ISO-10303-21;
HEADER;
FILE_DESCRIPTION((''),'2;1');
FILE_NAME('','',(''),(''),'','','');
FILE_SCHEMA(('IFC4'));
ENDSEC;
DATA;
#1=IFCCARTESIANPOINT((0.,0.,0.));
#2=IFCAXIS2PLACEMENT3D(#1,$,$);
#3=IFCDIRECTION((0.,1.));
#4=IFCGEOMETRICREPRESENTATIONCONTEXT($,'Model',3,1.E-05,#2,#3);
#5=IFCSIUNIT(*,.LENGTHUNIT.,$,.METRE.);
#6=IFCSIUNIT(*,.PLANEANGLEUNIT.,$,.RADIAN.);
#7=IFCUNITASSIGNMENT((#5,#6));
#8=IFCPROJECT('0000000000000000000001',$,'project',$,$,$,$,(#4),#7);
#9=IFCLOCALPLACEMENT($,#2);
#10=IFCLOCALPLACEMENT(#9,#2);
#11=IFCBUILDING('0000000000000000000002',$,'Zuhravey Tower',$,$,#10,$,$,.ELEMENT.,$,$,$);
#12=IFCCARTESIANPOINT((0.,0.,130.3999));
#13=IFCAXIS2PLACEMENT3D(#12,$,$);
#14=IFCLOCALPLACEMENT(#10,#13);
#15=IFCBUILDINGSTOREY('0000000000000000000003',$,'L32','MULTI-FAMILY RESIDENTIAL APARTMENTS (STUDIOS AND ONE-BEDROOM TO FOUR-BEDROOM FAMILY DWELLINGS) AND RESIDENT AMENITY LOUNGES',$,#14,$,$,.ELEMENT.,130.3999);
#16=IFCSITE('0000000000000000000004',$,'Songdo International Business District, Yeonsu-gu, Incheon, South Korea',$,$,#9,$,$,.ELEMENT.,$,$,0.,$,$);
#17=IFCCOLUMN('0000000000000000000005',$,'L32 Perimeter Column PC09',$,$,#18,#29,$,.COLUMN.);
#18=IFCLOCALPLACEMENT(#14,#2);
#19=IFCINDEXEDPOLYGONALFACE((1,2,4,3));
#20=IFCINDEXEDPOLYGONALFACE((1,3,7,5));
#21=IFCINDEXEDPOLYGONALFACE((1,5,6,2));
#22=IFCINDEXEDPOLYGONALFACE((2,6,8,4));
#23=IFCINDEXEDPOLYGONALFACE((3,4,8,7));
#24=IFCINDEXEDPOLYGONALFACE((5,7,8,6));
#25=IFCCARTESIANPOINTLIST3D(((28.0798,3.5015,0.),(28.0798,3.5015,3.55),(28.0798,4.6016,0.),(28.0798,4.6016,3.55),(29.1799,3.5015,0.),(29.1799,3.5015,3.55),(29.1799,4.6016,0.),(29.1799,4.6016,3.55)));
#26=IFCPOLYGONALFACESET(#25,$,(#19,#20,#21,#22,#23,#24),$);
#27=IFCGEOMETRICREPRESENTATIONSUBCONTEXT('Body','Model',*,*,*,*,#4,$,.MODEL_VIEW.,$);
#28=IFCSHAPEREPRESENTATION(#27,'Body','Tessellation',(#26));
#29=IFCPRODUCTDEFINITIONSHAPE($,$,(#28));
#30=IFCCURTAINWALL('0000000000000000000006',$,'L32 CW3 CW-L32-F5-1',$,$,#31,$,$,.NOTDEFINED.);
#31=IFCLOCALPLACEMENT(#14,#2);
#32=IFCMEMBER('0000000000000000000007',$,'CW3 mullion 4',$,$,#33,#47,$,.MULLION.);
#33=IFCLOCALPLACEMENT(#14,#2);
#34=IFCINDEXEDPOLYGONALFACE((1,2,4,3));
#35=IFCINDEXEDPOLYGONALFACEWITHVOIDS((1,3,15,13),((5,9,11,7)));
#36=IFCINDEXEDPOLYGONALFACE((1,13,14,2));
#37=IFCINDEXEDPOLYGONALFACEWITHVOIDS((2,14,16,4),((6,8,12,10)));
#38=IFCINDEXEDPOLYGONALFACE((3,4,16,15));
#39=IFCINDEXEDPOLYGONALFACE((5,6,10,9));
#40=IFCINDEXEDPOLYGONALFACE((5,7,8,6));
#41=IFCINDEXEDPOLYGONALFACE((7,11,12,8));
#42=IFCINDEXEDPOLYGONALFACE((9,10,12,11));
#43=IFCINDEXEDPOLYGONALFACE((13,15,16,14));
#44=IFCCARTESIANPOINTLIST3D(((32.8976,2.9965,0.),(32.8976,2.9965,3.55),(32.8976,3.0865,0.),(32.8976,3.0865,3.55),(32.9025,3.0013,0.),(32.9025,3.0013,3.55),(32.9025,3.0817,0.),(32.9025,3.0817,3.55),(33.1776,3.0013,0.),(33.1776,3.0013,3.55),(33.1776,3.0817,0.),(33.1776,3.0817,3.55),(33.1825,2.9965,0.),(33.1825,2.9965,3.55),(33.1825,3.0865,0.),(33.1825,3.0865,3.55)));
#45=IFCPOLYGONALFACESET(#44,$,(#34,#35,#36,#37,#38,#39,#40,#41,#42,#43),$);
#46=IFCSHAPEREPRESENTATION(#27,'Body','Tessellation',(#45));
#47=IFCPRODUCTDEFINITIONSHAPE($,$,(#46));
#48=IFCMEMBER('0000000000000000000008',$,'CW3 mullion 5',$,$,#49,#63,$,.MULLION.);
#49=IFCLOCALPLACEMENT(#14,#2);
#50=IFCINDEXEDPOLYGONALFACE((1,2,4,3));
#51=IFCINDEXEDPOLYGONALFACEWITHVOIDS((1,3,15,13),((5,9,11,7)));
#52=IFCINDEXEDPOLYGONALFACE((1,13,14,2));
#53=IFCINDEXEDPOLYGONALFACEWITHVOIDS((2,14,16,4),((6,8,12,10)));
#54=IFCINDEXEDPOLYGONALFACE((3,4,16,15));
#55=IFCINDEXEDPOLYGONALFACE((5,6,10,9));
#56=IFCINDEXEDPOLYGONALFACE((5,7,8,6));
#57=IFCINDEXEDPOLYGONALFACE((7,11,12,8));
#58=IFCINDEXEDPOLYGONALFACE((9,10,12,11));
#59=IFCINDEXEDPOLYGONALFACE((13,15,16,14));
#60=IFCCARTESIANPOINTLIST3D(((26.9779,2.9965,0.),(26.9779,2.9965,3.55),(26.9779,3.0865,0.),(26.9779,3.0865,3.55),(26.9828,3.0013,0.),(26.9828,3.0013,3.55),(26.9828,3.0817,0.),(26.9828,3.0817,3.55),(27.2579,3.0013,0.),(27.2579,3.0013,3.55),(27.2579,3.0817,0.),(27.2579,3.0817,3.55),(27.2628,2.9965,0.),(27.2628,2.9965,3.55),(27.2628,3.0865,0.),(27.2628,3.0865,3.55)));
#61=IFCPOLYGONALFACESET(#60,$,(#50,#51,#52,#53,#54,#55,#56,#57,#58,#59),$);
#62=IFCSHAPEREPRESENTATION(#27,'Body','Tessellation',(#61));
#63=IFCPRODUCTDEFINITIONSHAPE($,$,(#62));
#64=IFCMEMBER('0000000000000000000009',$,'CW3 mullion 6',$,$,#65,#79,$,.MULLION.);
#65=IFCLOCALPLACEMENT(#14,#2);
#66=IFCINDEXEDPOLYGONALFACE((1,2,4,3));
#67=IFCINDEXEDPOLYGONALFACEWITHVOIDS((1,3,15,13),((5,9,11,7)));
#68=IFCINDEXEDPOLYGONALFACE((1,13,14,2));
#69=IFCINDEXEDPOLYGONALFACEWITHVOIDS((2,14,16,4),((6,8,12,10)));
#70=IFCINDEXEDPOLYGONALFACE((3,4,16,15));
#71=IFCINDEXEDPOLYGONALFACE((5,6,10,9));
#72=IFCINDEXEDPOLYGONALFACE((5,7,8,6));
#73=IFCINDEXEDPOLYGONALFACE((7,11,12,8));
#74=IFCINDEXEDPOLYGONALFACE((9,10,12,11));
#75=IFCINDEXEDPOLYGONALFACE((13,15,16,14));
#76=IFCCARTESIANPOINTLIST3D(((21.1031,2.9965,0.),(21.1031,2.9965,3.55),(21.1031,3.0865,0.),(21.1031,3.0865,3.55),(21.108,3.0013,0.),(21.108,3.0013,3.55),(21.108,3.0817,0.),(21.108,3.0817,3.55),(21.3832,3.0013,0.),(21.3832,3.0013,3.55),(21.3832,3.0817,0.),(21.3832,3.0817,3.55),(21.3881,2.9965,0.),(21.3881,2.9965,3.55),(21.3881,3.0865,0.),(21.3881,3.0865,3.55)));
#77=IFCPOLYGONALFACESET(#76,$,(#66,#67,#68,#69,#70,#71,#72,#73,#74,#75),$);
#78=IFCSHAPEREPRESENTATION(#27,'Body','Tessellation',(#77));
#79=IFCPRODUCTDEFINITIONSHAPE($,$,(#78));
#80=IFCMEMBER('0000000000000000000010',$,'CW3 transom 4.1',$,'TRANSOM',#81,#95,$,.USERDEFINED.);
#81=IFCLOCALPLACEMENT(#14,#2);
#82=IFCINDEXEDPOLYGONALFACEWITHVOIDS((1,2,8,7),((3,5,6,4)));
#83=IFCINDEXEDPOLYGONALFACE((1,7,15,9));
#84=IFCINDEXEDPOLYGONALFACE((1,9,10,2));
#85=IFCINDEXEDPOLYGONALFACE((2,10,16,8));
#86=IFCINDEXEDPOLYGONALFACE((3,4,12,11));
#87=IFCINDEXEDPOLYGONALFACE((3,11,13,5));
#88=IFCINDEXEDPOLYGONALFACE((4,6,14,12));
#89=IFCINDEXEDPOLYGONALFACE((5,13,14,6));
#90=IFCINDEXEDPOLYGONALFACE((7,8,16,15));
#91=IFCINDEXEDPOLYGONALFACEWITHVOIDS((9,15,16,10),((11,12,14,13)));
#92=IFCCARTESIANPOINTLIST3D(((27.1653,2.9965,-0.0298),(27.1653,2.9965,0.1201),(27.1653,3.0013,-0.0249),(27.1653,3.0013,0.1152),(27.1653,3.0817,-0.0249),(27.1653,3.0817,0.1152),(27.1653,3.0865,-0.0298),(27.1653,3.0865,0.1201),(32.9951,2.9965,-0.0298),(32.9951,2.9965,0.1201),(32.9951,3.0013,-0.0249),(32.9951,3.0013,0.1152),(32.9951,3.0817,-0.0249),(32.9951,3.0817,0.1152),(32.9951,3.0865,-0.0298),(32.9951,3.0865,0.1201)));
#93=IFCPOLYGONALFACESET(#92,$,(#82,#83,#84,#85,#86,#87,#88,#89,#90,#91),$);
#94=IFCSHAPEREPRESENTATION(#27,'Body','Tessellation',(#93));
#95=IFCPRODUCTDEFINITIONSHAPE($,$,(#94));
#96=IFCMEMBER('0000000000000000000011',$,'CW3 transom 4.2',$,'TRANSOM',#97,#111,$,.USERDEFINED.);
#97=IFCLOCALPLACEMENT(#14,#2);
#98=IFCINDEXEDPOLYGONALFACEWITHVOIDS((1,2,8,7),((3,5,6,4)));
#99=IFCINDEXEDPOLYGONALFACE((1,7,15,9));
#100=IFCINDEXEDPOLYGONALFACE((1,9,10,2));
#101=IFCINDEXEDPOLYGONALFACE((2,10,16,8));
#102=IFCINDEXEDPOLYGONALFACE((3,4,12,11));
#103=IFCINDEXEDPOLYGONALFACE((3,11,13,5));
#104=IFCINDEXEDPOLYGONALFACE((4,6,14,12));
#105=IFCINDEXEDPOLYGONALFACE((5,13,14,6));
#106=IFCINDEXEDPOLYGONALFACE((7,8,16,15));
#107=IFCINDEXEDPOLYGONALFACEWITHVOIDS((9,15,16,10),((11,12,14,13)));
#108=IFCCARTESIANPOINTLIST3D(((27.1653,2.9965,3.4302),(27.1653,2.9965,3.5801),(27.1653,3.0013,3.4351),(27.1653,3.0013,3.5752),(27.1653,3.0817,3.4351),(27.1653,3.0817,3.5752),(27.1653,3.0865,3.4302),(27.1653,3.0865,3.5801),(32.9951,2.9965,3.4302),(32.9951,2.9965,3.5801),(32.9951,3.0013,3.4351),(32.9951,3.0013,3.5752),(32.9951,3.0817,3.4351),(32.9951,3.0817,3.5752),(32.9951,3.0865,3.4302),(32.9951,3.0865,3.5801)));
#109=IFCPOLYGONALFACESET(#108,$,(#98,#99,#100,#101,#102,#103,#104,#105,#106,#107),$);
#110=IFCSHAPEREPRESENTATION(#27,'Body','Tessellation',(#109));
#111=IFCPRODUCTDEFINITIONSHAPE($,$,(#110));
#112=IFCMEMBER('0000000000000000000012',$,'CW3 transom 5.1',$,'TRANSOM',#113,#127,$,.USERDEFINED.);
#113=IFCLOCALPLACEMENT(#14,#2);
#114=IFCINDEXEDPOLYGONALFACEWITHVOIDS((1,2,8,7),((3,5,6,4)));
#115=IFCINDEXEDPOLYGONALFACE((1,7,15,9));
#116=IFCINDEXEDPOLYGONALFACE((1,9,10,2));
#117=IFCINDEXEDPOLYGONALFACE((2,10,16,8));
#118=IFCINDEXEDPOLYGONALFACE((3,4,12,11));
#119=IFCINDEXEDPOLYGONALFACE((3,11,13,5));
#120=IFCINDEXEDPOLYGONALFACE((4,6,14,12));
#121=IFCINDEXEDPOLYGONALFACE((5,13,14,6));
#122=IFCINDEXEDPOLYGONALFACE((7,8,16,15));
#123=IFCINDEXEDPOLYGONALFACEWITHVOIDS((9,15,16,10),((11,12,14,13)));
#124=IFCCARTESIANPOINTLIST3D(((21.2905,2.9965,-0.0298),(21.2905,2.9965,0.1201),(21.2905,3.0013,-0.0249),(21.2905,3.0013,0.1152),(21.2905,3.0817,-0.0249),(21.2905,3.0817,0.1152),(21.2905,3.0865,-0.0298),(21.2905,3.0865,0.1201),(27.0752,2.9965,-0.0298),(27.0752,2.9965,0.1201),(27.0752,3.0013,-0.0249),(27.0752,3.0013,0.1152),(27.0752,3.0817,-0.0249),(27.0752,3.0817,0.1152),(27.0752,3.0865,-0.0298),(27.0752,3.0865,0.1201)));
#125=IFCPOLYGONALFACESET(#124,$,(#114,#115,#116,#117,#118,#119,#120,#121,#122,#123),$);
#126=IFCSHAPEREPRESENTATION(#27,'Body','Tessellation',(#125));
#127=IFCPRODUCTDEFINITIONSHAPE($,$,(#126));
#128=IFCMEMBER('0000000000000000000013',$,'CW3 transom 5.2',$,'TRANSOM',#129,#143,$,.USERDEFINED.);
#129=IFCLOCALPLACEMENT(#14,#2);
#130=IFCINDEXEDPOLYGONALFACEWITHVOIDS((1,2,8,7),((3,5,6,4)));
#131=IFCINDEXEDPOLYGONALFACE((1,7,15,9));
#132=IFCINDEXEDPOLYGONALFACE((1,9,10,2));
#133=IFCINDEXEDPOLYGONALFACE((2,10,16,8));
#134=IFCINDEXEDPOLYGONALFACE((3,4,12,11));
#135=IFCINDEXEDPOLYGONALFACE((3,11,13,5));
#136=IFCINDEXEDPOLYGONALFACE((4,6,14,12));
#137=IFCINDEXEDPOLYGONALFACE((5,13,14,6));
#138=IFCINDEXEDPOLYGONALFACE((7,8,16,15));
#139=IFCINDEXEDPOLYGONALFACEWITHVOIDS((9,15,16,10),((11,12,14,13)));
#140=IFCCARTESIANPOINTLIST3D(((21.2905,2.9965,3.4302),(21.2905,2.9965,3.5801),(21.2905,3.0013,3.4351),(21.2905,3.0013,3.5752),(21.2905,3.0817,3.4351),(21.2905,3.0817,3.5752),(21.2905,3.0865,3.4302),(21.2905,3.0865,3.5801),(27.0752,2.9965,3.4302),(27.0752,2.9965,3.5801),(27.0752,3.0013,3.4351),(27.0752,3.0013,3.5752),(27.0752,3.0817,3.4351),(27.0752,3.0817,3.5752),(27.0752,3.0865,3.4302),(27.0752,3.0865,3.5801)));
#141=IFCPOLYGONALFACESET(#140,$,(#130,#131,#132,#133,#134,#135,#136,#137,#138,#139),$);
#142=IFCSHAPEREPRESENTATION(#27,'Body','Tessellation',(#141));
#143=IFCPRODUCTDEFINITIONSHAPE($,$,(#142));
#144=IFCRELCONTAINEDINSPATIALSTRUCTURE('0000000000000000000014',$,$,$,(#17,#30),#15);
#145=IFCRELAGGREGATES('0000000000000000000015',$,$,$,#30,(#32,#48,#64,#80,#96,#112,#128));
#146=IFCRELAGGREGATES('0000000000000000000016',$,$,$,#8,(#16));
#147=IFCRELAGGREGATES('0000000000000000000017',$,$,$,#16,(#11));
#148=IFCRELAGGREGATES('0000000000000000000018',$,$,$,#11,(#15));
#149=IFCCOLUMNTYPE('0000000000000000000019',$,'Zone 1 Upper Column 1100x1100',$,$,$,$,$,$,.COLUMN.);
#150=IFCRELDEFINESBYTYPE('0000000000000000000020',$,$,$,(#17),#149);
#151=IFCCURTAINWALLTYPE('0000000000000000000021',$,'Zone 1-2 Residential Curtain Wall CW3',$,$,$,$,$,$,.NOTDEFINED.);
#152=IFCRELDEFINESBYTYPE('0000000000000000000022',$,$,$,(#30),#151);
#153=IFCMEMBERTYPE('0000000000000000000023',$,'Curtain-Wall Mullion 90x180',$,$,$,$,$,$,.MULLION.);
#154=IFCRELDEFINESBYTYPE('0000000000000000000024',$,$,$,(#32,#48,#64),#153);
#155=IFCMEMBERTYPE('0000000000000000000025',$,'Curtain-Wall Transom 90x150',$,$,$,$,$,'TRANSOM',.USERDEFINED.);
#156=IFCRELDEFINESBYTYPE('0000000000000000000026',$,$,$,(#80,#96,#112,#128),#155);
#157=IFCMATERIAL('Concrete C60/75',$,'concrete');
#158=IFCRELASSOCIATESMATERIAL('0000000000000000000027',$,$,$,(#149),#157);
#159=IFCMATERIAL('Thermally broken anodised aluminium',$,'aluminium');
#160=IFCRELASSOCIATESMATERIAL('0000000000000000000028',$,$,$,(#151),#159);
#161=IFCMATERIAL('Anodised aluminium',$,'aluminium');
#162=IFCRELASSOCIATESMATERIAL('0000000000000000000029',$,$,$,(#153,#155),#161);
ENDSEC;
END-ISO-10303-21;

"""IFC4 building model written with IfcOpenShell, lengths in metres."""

from ifc_helpers import new_model, si_unit, direction, frame, origin, origin_2d, place, context, subcontext, project, spatial, rectangle, hollow_rectangle, extrude, material, material_profile, profile_set, type_object, element, aggregate, save


model = new_model("IFC4")

# Units and contexts
model_context = context("Model", 3, precision=1e-05, world=origin(), true_north=direction((0.0, 1.0)))
body_context = subcontext(model_context, "Body", "Model", "MODEL_VIEW")
ifc_project = project(units=[si_unit("LENGTHUNIT", "METRE"), si_unit("PLANEANGLEUNIT", "RADIAN")], contexts=[model_context])

# Site, building, storey
site_placement = place(None, origin())
site = spatial("IfcSite", under=ifc_project, at=site_placement, Name="Songdo International Business District, Yeonsu-gu, Incheon, South Korea", CompositionType="ELEMENT", RefElevation=0.0)
building_placement = place(site_placement, origin())
building = spatial("IfcBuilding", under=site, at=building_placement, Name="Zuhravey Tower", CompositionType="ELEMENT")
storey_placement = place(building_placement, frame((0.0, 0.0, 130.3999)))
storey = spatial("IfcBuildingStorey", under=building, at=storey_placement, Name="L32", Description="MULTI-FAMILY RESIDENTIAL APARTMENTS (STUDIOS AND ONE-BEDROOM TO FOUR-BEDROOM FAMILY DWELLINGS) AND RESIDENT AMENITY LOUNGES", CompositionType="ELEMENT", Elevation=130.3999)

# Column
ifc_material_1 = material(Name="Concrete C60/75", Category="concrete")
ifc_material_profile_1 = material_profile(ifc_material_1, rectangle(XDim=1.1001, YDim=1.1001, at=origin_2d()), Name="RC-1100x1100")
ifc_profile_set_1 = profile_set([ifc_material_profile_1], Name="Concrete C60/75")
column_type = type_object("IfcColumnType", Name="Zone 1 Upper Column 1100x1100", PredefinedType="COLUMN", material=ifc_profile_set_1)
column_placement = place(storey_placement, frame((28.6299, 4.0515, 0.0), z_axis=(0.0, 0.0, 1.0), x_axis=(1.0, 0.0, 0.0)))
element("IfcColumn", 1, at=column_placement, inside=storey, type_object=column_type, Name="L32 Perimeter Column PC09", PredefinedType="COLUMN", context=body_context, shape_type="SweptSolid", body=[
    extrude(rectangle(XDim=1.1001, YDim=1.1001, at=origin_2d()), origin(), (0.0, 0.0, 1.0), 3.55),
])

# Curtain wall, members
ifc_material_2 = material(Name="Thermally broken anodised aluminium", Category="aluminium")
curtain_wall_type = type_object("IfcCurtainWallType", Name="Zone 1-2 Residential Curtain Wall CW3", PredefinedType="NOTDEFINED", material=ifc_material_2)
curtain_wall_placement = place(storey_placement, origin())
curtain_wall = element("IfcCurtainWall", 2, at=curtain_wall_placement, inside=storey, type_object=curtain_wall_type, Name="L32 CW3 CW-L32-F5-1", PredefinedType="NOTDEFINED")
ifc_material_3 = material(Name="Anodised aluminium", Category="aluminium")
ifc_material_profile_2 = material_profile(ifc_material_3, hollow_rectangle(XDim=0.0901, YDim=0.2849, WallThickness=0.0049, at=origin_2d()), Name="ALU-RHS-90x285x5")
ifc_profile_set_2 = profile_set([ifc_material_profile_2], Name="Anodised aluminium")
member_type_1 = type_object("IfcMemberType", Name="Curtain-Wall Mullion 90x180", PredefinedType="MULLION", material=ifc_profile_set_2)
member_1_placement = place(storey_placement, frame((33.04, 3.0415, 0.0), z_axis=(0.0, 0.0, 1.0), x_axis=(0.0, -1.0, 0.0)))
member_1 = element("IfcMember", 3, at=member_1_placement, type_object=member_type_1, Name="CW3 mullion 4", PredefinedType="MULLION", context=body_context, shape_type="SweptSolid", body=[
    extrude(hollow_rectangle(XDim=0.0901, YDim=0.2849, WallThickness=0.0049, at=origin_2d()), origin(), (0.0, 0.0, 1.0), 3.55),
])
member_2_placement = place(storey_placement, frame((27.1204, 3.0415, 0.0), z_axis=(0.0, 0.0, 1.0), x_axis=(0.0, -1.0, 0.0)))
member_2 = element("IfcMember", 4, at=member_2_placement, type_object=member_type_1, Name="CW3 mullion 5", PredefinedType="MULLION", context=body_context, shape_type="SweptSolid", body=[
    extrude(hollow_rectangle(XDim=0.0901, YDim=0.2849, WallThickness=0.0049, at=origin_2d()), origin(), (0.0, 0.0, 1.0), 3.55),
])
member_3_placement = place(storey_placement, frame((21.2456, 3.0415, 0.0), z_axis=(0.0, 0.0, 1.0), x_axis=(0.0, -1.0, 0.0)))
member_3 = element("IfcMember", 5, at=member_3_placement, type_object=member_type_1, Name="CW3 mullion 6", PredefinedType="MULLION", context=body_context, shape_type="SweptSolid", body=[
    extrude(hollow_rectangle(XDim=0.0901, YDim=0.2849, WallThickness=0.0049, at=origin_2d()), origin(), (0.0, 0.0, 1.0), 3.55),
])
ifc_material_profile_3 = material_profile(ifc_material_3, hollow_rectangle(XDim=0.0901, YDim=0.1499, WallThickness=0.0049, at=origin_2d()), Name="ALU-RHS-90x150x5")
ifc_profile_set_3 = profile_set([ifc_material_profile_3], Name="Anodised aluminium")
member_type_2 = type_object("IfcMemberType", Name="Curtain-Wall Transom 90x150", ElementType="TRANSOM", PredefinedType="USERDEFINED", material=ifc_profile_set_3)
member_4_placement = place(storey_placement, frame((32.9951, 3.0415, 0.0452), z_axis=(-1.0, 0.0, 0.0), x_axis=(0.0, -1.0, 0.0)))
member_4 = element("IfcMember", 6, at=member_4_placement, type_object=member_type_2, Name="CW3 transom 4.1", ObjectType="TRANSOM", PredefinedType="USERDEFINED", context=body_context, shape_type="SweptSolid", body=[
    extrude(hollow_rectangle(XDim=0.0901, YDim=0.1499, WallThickness=0.0049, at=origin_2d()), origin(), (0.0, 0.0, 1.0), 5.8298),
])
member_5_placement = place(storey_placement, frame((32.9951, 3.0415, 3.5051), z_axis=(-1.0, 0.0, 0.0), x_axis=(0.0, -1.0, 0.0)))
member_5 = element("IfcMember", 7, at=member_5_placement, type_object=member_type_2, Name="CW3 transom 4.2", ObjectType="TRANSOM", PredefinedType="USERDEFINED", context=body_context, shape_type="SweptSolid", body=[
    extrude(hollow_rectangle(XDim=0.0901, YDim=0.1499, WallThickness=0.0049, at=origin_2d()), origin(), (0.0, 0.0, 1.0), 5.8298),
])
member_6_placement = place(storey_placement, frame((27.0752, 3.0415, 0.0452), z_axis=(-1.0, 0.0, 0.0), x_axis=(0.0, -1.0, 0.0)))
member_6 = element("IfcMember", 8, at=member_6_placement, type_object=member_type_2, Name="CW3 transom 5.1", ObjectType="TRANSOM", PredefinedType="USERDEFINED", context=body_context, shape_type="SweptSolid", body=[
    extrude(hollow_rectangle(XDim=0.0901, YDim=0.1499, WallThickness=0.0049, at=origin_2d()), origin(), (0.0, 0.0, 1.0), 5.7847),
])
member_7_placement = place(storey_placement, frame((27.0752, 3.0415, 3.5051), z_axis=(-1.0, 0.0, 0.0), x_axis=(0.0, -1.0, 0.0)))
member_7 = element("IfcMember", 9, at=member_7_placement, type_object=member_type_2, Name="CW3 transom 5.2", ObjectType="TRANSOM", PredefinedType="USERDEFINED", context=body_context, shape_type="SweptSolid", body=[
    extrude(hollow_rectangle(XDim=0.0901, YDim=0.1499, WallThickness=0.0049, at=origin_2d()), origin(), (0.0, 0.0, 1.0), 5.7847),
])

aggregate(curtain_wall, [member_1, member_2, member_3, member_4, member_5, member_6, member_7])

save(model, "model.ifc")
